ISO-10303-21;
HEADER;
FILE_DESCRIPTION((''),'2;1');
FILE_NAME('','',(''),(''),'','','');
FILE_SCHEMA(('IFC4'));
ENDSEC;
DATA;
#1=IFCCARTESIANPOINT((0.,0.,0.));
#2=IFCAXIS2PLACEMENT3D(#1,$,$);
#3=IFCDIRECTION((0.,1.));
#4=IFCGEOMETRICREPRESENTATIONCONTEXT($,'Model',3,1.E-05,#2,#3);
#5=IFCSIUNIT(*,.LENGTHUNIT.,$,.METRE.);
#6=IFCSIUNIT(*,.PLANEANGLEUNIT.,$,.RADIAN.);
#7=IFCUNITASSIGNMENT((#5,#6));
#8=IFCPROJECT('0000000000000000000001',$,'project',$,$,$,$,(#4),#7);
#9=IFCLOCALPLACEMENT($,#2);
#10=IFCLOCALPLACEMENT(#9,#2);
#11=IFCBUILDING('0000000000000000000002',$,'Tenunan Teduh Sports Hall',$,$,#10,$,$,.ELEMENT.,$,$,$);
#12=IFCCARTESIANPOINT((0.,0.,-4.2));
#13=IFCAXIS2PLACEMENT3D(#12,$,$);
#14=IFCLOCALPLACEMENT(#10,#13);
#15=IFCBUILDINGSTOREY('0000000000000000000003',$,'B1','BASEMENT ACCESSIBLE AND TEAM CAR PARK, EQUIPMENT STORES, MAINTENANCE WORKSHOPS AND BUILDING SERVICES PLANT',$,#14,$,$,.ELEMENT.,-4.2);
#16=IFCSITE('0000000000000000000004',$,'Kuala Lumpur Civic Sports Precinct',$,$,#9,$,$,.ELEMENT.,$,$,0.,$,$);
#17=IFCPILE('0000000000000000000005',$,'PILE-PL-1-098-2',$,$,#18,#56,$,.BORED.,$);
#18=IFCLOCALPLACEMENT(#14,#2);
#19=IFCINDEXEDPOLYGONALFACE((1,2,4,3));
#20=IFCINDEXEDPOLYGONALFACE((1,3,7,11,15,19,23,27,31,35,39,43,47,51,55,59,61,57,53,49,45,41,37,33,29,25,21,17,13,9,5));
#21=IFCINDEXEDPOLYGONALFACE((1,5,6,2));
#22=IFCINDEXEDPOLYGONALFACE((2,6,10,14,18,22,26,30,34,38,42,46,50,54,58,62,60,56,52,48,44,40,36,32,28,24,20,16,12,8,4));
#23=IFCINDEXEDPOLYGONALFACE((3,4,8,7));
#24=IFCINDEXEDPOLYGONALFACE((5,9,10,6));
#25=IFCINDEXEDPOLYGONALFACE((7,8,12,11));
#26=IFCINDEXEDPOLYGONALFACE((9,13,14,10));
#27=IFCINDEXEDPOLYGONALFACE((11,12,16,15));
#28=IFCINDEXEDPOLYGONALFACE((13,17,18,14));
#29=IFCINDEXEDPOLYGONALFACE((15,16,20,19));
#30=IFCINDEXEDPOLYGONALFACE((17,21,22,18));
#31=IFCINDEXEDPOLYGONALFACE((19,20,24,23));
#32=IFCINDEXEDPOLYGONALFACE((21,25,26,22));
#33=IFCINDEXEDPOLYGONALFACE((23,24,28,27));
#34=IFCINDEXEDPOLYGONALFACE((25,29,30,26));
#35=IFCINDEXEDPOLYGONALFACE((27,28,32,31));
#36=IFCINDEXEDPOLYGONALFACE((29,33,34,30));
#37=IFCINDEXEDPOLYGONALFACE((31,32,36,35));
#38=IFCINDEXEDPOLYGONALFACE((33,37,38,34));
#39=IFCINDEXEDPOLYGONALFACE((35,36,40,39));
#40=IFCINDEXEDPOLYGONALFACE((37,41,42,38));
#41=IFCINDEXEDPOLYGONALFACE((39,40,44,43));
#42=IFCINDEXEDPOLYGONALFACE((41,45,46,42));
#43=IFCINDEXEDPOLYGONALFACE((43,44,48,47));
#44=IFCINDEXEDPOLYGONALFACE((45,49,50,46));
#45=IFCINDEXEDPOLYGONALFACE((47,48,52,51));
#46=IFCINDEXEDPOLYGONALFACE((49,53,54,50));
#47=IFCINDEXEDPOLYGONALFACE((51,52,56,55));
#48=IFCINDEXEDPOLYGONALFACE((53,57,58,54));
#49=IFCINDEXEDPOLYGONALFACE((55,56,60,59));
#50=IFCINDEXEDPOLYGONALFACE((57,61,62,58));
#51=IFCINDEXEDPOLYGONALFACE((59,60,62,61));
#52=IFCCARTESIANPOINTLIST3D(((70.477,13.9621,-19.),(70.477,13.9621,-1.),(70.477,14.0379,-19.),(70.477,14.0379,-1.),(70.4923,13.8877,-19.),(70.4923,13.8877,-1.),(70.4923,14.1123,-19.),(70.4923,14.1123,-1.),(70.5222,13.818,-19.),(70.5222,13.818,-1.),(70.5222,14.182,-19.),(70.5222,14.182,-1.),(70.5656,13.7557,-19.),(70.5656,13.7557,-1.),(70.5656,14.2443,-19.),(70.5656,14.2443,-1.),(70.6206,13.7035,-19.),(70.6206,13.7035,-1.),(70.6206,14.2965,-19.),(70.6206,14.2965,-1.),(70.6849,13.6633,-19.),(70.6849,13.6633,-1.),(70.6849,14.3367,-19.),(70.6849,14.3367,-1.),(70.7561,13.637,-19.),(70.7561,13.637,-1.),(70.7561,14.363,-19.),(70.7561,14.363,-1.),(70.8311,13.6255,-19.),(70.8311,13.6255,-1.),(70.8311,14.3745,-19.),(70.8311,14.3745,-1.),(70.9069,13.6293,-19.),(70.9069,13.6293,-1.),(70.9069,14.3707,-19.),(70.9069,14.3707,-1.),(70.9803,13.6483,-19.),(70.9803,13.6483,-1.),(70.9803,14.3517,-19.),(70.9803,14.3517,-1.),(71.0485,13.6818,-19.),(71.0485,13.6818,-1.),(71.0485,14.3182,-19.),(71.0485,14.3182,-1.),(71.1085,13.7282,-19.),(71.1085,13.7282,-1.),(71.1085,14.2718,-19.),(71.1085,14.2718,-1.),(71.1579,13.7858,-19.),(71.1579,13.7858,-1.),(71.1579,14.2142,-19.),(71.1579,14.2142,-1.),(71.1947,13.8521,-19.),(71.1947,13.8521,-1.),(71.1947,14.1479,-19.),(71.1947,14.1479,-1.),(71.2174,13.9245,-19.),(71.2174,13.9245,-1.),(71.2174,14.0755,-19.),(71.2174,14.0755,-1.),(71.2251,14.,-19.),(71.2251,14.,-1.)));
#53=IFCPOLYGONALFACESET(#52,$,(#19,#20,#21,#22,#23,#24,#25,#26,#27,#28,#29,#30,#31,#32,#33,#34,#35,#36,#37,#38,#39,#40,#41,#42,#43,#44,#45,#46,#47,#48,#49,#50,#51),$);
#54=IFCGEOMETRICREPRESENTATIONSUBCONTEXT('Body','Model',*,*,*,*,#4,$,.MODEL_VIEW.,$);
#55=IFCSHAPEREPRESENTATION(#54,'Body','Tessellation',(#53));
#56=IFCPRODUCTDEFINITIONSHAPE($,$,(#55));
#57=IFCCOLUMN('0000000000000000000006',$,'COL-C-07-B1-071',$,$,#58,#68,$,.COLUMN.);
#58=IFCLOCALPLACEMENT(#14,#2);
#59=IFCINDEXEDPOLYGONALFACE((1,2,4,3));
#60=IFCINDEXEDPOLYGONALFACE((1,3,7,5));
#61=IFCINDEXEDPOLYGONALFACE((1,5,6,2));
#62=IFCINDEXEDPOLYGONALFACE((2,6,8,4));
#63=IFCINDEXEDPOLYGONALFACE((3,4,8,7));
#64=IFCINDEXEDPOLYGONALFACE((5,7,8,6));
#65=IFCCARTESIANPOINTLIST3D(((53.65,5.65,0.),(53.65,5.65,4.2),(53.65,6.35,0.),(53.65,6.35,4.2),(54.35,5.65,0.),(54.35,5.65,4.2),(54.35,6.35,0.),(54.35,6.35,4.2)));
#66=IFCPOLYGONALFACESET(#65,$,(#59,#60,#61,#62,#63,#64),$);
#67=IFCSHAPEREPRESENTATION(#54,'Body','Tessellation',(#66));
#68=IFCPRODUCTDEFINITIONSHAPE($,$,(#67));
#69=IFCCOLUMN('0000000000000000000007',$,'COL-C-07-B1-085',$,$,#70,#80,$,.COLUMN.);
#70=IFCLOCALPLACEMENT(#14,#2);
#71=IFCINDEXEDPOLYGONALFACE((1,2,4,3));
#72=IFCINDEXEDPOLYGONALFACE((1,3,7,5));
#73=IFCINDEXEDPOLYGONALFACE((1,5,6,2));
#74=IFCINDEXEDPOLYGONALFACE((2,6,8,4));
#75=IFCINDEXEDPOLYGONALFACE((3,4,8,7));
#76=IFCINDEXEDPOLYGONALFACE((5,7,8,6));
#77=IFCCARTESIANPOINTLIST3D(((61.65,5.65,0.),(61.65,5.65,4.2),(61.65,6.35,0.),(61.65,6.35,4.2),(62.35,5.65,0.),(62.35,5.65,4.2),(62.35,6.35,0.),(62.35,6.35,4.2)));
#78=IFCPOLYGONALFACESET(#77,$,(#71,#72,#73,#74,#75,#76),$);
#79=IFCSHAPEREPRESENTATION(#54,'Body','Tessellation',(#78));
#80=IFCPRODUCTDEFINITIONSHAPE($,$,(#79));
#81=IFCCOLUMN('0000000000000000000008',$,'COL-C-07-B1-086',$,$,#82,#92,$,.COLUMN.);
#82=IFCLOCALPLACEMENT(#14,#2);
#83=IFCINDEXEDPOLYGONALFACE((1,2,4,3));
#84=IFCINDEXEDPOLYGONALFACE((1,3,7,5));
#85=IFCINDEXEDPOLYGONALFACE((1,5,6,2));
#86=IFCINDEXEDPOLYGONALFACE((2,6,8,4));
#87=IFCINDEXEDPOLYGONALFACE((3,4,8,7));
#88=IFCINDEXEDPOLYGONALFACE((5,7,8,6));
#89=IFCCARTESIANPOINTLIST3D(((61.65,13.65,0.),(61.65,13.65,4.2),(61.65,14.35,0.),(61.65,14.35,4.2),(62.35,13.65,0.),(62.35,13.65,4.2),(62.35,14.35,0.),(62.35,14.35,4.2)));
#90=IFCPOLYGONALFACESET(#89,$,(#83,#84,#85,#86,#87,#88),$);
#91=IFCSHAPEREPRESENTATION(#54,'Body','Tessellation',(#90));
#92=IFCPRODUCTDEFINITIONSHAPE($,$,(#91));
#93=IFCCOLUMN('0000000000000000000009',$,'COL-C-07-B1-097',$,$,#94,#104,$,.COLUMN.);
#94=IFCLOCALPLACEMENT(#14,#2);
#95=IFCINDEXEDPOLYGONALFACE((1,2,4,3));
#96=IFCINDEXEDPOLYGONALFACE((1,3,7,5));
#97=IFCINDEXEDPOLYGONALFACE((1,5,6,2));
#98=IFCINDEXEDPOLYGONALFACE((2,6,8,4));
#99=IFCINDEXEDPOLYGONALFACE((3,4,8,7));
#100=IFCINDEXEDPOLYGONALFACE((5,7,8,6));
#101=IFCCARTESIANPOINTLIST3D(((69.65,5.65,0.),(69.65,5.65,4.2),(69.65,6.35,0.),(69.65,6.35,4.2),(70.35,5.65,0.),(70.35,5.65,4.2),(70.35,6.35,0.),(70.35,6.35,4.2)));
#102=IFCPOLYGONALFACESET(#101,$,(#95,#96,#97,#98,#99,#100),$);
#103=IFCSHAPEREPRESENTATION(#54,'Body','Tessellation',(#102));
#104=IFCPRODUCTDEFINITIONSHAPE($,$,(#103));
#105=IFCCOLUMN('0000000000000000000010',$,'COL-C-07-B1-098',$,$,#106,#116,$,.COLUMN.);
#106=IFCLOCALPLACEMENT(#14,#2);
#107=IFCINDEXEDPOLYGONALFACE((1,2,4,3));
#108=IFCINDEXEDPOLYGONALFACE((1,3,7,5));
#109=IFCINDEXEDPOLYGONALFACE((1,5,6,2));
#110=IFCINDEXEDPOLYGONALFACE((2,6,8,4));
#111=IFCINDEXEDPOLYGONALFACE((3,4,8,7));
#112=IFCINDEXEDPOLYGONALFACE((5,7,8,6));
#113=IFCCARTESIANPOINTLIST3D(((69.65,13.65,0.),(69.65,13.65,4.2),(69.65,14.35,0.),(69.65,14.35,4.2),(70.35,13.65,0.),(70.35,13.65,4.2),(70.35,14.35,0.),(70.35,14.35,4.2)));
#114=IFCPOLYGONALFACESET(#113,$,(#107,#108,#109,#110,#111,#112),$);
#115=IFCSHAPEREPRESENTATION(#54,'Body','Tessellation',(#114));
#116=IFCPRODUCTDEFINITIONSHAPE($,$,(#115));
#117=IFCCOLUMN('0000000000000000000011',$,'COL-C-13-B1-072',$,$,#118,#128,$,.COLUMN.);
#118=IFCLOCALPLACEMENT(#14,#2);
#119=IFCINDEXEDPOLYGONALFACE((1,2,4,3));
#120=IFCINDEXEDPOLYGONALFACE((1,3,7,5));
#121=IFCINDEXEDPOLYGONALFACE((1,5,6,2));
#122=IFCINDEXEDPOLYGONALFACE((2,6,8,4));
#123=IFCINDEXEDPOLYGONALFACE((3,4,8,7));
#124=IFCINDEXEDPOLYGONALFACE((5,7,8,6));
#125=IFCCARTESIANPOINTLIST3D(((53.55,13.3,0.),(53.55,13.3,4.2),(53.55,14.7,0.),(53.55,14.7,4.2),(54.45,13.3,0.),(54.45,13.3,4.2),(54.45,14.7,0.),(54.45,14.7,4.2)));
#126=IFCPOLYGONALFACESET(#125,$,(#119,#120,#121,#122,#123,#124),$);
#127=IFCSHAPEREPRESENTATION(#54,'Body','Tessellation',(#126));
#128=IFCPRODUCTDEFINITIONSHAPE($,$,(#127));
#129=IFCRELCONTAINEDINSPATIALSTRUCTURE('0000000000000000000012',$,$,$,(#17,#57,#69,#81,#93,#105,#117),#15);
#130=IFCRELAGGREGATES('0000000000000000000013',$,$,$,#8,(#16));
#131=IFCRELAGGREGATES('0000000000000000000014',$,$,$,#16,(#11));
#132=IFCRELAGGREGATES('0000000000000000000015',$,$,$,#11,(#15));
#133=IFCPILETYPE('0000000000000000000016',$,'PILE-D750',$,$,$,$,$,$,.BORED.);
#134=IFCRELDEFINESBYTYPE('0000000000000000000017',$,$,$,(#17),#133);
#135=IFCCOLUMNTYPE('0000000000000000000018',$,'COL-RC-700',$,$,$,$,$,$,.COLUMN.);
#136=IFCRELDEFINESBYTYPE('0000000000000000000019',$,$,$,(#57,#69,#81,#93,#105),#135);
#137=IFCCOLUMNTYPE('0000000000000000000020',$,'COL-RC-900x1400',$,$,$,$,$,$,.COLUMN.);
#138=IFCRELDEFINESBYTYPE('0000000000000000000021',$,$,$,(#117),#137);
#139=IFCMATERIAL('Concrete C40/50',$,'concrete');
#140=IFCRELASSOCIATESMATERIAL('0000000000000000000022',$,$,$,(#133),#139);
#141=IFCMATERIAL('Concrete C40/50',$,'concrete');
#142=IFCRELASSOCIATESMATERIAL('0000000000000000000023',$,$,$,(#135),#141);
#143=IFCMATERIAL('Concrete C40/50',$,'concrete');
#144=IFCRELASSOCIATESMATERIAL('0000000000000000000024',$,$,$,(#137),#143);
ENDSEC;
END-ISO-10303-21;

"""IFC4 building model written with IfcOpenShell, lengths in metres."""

from ifc_helpers import new_model, si_unit, direction, frame, origin, origin_2d, place, context, subcontext, project, spatial, rectangle, circle, extrude, material, material_profile, profile_set, type_object, element, save


model = new_model("IFC4")

# Units and contexts
model_context = context("Model", 3, precision=1e-05, world=origin(), true_north=direction((0.0, 1.0)))
body_context = subcontext(model_context, "Body", "Model", "MODEL_VIEW")
ifc_project = project(units=[si_unit("LENGTHUNIT", "METRE"), si_unit("PLANEANGLEUNIT", "RADIAN")], contexts=[model_context])

# Site, building, storey
site_placement = place(None, origin())
site = spatial("IfcSite", under=ifc_project, at=site_placement, Name="Kuala Lumpur Civic Sports Precinct", CompositionType="ELEMENT", RefElevation=0.0)
building_placement = place(site_placement, origin())
building = spatial("IfcBuilding", under=site, at=building_placement, Name="Tenunan Teduh Sports Hall", CompositionType="ELEMENT")
storey_placement = place(building_placement, frame((0.0, 0.0, -4.2)))
storey = spatial("IfcBuildingStorey", under=building, at=storey_placement, Name="B1", Description="BASEMENT ACCESSIBLE AND TEAM CAR PARK, EQUIPMENT STORES, MAINTENANCE WORKSHOPS AND BUILDING SERVICES PLANT", CompositionType="ELEMENT", Elevation=-4.2)

# Pile
ifc_material_1 = material(Name="Concrete C40/50", Category="concrete")
ifc_material_profile_1 = material_profile(ifc_material_1, circle(Radius=0.375, at=origin_2d()), Name="PILE D750")
ifc_profile_set_1 = profile_set([ifc_material_profile_1], Name="Concrete C40/50")
pile_type_1 = type_object("IfcPileType", Name="PILE-D750", PredefinedType="BORED", material=ifc_profile_set_1)
for number, where, z_axis, x_axis, name in (
    (1, (70.8501, 14.0, -1.0), (0.0, 0.0, -1.0), (1.0, 0.0, 0.0), "PILE-PL-1-098-2"),
):
    element("IfcPile", number, at=place(storey_placement, frame(where, z_axis=z_axis, x_axis=x_axis)), inside=storey, type_object=pile_type_1, Name=name, PredefinedType="BORED", context=body_context, shape_type="SweptSolid", body=[
        extrude(circle(Radius=0.375, at=origin_2d()), origin(), (0.0, 0.0, 1.0), 18.0),
    ])

# Columns
ifc_material_2 = material(Name="Concrete C40/50", Category="concrete")
ifc_material_profile_2 = material_profile(ifc_material_2, rectangle(XDim=0.7, YDim=0.7, at=origin_2d()), Name="RC 700x700")
ifc_profile_set_2 = profile_set([ifc_material_profile_2], Name="Concrete C40/50")
column_type_1 = type_object("IfcColumnType", Name="COL-RC-700", PredefinedType="COLUMN", material=ifc_profile_set_2)
for number, where, z_axis, x_axis, name in (
    (2, (54.0, 6.0, 0.0), (0.0, 0.0, 1.0), (1.0, 0.0, 0.0), "COL-C-07-B1-071"),
    (3, (62.0, 6.0, 0.0), (0.0, 0.0, 1.0), (1.0, 0.0, 0.0), "COL-C-07-B1-085"),
    (4, (62.0, 14.0, 0.0), (0.0, 0.0, 1.0), (1.0, 0.0, 0.0), "COL-C-07-B1-086"),
    (5, (70.0, 6.0, 0.0), (0.0, 0.0, 1.0), (1.0, 0.0, 0.0), "COL-C-07-B1-097"),
    (6, (70.0, 14.0, 0.0), (0.0, 0.0, 1.0), (1.0, 0.0, 0.0), "COL-C-07-B1-098"),
):
    element("IfcColumn", number, at=place(storey_placement, frame(where, z_axis=z_axis, x_axis=x_axis)), inside=storey, type_object=column_type_1, Name=name, PredefinedType="COLUMN", context=body_context, shape_type="SweptSolid", body=[
        extrude(rectangle(XDim=0.7, YDim=0.7, at=origin_2d()), origin(), (0.0, 0.0, 1.0), 4.2),
    ])
ifc_material_3 = material(Name="Concrete C40/50", Category="concrete")
ifc_material_profile_3 = material_profile(ifc_material_3, rectangle(XDim=0.8999, YDim=1.3999, at=origin_2d()), Name="RC 900x1400")
ifc_profile_set_3 = profile_set([ifc_material_profile_3], Name="Concrete C40/50")
column_type_2 = type_object("IfcColumnType", Name="COL-RC-900x1400", PredefinedType="COLUMN", material=ifc_profile_set_3)
column_placement = place(storey_placement, frame((54.0, 14.0, 0.0), z_axis=(0.0, 0.0, 1.0), x_axis=(1.0, 0.0, 0.0)))
element("IfcColumn", 7, at=column_placement, inside=storey, type_object=column_type_2, Name="COL-C-13-B1-072", PredefinedType="COLUMN", context=body_context, shape_type="SweptSolid", body=[
    extrude(rectangle(XDim=0.8999, YDim=1.3999, at=origin_2d()), origin(), (0.0, 0.0, 1.0), 4.2),
])

save(model, "model.ifc")
